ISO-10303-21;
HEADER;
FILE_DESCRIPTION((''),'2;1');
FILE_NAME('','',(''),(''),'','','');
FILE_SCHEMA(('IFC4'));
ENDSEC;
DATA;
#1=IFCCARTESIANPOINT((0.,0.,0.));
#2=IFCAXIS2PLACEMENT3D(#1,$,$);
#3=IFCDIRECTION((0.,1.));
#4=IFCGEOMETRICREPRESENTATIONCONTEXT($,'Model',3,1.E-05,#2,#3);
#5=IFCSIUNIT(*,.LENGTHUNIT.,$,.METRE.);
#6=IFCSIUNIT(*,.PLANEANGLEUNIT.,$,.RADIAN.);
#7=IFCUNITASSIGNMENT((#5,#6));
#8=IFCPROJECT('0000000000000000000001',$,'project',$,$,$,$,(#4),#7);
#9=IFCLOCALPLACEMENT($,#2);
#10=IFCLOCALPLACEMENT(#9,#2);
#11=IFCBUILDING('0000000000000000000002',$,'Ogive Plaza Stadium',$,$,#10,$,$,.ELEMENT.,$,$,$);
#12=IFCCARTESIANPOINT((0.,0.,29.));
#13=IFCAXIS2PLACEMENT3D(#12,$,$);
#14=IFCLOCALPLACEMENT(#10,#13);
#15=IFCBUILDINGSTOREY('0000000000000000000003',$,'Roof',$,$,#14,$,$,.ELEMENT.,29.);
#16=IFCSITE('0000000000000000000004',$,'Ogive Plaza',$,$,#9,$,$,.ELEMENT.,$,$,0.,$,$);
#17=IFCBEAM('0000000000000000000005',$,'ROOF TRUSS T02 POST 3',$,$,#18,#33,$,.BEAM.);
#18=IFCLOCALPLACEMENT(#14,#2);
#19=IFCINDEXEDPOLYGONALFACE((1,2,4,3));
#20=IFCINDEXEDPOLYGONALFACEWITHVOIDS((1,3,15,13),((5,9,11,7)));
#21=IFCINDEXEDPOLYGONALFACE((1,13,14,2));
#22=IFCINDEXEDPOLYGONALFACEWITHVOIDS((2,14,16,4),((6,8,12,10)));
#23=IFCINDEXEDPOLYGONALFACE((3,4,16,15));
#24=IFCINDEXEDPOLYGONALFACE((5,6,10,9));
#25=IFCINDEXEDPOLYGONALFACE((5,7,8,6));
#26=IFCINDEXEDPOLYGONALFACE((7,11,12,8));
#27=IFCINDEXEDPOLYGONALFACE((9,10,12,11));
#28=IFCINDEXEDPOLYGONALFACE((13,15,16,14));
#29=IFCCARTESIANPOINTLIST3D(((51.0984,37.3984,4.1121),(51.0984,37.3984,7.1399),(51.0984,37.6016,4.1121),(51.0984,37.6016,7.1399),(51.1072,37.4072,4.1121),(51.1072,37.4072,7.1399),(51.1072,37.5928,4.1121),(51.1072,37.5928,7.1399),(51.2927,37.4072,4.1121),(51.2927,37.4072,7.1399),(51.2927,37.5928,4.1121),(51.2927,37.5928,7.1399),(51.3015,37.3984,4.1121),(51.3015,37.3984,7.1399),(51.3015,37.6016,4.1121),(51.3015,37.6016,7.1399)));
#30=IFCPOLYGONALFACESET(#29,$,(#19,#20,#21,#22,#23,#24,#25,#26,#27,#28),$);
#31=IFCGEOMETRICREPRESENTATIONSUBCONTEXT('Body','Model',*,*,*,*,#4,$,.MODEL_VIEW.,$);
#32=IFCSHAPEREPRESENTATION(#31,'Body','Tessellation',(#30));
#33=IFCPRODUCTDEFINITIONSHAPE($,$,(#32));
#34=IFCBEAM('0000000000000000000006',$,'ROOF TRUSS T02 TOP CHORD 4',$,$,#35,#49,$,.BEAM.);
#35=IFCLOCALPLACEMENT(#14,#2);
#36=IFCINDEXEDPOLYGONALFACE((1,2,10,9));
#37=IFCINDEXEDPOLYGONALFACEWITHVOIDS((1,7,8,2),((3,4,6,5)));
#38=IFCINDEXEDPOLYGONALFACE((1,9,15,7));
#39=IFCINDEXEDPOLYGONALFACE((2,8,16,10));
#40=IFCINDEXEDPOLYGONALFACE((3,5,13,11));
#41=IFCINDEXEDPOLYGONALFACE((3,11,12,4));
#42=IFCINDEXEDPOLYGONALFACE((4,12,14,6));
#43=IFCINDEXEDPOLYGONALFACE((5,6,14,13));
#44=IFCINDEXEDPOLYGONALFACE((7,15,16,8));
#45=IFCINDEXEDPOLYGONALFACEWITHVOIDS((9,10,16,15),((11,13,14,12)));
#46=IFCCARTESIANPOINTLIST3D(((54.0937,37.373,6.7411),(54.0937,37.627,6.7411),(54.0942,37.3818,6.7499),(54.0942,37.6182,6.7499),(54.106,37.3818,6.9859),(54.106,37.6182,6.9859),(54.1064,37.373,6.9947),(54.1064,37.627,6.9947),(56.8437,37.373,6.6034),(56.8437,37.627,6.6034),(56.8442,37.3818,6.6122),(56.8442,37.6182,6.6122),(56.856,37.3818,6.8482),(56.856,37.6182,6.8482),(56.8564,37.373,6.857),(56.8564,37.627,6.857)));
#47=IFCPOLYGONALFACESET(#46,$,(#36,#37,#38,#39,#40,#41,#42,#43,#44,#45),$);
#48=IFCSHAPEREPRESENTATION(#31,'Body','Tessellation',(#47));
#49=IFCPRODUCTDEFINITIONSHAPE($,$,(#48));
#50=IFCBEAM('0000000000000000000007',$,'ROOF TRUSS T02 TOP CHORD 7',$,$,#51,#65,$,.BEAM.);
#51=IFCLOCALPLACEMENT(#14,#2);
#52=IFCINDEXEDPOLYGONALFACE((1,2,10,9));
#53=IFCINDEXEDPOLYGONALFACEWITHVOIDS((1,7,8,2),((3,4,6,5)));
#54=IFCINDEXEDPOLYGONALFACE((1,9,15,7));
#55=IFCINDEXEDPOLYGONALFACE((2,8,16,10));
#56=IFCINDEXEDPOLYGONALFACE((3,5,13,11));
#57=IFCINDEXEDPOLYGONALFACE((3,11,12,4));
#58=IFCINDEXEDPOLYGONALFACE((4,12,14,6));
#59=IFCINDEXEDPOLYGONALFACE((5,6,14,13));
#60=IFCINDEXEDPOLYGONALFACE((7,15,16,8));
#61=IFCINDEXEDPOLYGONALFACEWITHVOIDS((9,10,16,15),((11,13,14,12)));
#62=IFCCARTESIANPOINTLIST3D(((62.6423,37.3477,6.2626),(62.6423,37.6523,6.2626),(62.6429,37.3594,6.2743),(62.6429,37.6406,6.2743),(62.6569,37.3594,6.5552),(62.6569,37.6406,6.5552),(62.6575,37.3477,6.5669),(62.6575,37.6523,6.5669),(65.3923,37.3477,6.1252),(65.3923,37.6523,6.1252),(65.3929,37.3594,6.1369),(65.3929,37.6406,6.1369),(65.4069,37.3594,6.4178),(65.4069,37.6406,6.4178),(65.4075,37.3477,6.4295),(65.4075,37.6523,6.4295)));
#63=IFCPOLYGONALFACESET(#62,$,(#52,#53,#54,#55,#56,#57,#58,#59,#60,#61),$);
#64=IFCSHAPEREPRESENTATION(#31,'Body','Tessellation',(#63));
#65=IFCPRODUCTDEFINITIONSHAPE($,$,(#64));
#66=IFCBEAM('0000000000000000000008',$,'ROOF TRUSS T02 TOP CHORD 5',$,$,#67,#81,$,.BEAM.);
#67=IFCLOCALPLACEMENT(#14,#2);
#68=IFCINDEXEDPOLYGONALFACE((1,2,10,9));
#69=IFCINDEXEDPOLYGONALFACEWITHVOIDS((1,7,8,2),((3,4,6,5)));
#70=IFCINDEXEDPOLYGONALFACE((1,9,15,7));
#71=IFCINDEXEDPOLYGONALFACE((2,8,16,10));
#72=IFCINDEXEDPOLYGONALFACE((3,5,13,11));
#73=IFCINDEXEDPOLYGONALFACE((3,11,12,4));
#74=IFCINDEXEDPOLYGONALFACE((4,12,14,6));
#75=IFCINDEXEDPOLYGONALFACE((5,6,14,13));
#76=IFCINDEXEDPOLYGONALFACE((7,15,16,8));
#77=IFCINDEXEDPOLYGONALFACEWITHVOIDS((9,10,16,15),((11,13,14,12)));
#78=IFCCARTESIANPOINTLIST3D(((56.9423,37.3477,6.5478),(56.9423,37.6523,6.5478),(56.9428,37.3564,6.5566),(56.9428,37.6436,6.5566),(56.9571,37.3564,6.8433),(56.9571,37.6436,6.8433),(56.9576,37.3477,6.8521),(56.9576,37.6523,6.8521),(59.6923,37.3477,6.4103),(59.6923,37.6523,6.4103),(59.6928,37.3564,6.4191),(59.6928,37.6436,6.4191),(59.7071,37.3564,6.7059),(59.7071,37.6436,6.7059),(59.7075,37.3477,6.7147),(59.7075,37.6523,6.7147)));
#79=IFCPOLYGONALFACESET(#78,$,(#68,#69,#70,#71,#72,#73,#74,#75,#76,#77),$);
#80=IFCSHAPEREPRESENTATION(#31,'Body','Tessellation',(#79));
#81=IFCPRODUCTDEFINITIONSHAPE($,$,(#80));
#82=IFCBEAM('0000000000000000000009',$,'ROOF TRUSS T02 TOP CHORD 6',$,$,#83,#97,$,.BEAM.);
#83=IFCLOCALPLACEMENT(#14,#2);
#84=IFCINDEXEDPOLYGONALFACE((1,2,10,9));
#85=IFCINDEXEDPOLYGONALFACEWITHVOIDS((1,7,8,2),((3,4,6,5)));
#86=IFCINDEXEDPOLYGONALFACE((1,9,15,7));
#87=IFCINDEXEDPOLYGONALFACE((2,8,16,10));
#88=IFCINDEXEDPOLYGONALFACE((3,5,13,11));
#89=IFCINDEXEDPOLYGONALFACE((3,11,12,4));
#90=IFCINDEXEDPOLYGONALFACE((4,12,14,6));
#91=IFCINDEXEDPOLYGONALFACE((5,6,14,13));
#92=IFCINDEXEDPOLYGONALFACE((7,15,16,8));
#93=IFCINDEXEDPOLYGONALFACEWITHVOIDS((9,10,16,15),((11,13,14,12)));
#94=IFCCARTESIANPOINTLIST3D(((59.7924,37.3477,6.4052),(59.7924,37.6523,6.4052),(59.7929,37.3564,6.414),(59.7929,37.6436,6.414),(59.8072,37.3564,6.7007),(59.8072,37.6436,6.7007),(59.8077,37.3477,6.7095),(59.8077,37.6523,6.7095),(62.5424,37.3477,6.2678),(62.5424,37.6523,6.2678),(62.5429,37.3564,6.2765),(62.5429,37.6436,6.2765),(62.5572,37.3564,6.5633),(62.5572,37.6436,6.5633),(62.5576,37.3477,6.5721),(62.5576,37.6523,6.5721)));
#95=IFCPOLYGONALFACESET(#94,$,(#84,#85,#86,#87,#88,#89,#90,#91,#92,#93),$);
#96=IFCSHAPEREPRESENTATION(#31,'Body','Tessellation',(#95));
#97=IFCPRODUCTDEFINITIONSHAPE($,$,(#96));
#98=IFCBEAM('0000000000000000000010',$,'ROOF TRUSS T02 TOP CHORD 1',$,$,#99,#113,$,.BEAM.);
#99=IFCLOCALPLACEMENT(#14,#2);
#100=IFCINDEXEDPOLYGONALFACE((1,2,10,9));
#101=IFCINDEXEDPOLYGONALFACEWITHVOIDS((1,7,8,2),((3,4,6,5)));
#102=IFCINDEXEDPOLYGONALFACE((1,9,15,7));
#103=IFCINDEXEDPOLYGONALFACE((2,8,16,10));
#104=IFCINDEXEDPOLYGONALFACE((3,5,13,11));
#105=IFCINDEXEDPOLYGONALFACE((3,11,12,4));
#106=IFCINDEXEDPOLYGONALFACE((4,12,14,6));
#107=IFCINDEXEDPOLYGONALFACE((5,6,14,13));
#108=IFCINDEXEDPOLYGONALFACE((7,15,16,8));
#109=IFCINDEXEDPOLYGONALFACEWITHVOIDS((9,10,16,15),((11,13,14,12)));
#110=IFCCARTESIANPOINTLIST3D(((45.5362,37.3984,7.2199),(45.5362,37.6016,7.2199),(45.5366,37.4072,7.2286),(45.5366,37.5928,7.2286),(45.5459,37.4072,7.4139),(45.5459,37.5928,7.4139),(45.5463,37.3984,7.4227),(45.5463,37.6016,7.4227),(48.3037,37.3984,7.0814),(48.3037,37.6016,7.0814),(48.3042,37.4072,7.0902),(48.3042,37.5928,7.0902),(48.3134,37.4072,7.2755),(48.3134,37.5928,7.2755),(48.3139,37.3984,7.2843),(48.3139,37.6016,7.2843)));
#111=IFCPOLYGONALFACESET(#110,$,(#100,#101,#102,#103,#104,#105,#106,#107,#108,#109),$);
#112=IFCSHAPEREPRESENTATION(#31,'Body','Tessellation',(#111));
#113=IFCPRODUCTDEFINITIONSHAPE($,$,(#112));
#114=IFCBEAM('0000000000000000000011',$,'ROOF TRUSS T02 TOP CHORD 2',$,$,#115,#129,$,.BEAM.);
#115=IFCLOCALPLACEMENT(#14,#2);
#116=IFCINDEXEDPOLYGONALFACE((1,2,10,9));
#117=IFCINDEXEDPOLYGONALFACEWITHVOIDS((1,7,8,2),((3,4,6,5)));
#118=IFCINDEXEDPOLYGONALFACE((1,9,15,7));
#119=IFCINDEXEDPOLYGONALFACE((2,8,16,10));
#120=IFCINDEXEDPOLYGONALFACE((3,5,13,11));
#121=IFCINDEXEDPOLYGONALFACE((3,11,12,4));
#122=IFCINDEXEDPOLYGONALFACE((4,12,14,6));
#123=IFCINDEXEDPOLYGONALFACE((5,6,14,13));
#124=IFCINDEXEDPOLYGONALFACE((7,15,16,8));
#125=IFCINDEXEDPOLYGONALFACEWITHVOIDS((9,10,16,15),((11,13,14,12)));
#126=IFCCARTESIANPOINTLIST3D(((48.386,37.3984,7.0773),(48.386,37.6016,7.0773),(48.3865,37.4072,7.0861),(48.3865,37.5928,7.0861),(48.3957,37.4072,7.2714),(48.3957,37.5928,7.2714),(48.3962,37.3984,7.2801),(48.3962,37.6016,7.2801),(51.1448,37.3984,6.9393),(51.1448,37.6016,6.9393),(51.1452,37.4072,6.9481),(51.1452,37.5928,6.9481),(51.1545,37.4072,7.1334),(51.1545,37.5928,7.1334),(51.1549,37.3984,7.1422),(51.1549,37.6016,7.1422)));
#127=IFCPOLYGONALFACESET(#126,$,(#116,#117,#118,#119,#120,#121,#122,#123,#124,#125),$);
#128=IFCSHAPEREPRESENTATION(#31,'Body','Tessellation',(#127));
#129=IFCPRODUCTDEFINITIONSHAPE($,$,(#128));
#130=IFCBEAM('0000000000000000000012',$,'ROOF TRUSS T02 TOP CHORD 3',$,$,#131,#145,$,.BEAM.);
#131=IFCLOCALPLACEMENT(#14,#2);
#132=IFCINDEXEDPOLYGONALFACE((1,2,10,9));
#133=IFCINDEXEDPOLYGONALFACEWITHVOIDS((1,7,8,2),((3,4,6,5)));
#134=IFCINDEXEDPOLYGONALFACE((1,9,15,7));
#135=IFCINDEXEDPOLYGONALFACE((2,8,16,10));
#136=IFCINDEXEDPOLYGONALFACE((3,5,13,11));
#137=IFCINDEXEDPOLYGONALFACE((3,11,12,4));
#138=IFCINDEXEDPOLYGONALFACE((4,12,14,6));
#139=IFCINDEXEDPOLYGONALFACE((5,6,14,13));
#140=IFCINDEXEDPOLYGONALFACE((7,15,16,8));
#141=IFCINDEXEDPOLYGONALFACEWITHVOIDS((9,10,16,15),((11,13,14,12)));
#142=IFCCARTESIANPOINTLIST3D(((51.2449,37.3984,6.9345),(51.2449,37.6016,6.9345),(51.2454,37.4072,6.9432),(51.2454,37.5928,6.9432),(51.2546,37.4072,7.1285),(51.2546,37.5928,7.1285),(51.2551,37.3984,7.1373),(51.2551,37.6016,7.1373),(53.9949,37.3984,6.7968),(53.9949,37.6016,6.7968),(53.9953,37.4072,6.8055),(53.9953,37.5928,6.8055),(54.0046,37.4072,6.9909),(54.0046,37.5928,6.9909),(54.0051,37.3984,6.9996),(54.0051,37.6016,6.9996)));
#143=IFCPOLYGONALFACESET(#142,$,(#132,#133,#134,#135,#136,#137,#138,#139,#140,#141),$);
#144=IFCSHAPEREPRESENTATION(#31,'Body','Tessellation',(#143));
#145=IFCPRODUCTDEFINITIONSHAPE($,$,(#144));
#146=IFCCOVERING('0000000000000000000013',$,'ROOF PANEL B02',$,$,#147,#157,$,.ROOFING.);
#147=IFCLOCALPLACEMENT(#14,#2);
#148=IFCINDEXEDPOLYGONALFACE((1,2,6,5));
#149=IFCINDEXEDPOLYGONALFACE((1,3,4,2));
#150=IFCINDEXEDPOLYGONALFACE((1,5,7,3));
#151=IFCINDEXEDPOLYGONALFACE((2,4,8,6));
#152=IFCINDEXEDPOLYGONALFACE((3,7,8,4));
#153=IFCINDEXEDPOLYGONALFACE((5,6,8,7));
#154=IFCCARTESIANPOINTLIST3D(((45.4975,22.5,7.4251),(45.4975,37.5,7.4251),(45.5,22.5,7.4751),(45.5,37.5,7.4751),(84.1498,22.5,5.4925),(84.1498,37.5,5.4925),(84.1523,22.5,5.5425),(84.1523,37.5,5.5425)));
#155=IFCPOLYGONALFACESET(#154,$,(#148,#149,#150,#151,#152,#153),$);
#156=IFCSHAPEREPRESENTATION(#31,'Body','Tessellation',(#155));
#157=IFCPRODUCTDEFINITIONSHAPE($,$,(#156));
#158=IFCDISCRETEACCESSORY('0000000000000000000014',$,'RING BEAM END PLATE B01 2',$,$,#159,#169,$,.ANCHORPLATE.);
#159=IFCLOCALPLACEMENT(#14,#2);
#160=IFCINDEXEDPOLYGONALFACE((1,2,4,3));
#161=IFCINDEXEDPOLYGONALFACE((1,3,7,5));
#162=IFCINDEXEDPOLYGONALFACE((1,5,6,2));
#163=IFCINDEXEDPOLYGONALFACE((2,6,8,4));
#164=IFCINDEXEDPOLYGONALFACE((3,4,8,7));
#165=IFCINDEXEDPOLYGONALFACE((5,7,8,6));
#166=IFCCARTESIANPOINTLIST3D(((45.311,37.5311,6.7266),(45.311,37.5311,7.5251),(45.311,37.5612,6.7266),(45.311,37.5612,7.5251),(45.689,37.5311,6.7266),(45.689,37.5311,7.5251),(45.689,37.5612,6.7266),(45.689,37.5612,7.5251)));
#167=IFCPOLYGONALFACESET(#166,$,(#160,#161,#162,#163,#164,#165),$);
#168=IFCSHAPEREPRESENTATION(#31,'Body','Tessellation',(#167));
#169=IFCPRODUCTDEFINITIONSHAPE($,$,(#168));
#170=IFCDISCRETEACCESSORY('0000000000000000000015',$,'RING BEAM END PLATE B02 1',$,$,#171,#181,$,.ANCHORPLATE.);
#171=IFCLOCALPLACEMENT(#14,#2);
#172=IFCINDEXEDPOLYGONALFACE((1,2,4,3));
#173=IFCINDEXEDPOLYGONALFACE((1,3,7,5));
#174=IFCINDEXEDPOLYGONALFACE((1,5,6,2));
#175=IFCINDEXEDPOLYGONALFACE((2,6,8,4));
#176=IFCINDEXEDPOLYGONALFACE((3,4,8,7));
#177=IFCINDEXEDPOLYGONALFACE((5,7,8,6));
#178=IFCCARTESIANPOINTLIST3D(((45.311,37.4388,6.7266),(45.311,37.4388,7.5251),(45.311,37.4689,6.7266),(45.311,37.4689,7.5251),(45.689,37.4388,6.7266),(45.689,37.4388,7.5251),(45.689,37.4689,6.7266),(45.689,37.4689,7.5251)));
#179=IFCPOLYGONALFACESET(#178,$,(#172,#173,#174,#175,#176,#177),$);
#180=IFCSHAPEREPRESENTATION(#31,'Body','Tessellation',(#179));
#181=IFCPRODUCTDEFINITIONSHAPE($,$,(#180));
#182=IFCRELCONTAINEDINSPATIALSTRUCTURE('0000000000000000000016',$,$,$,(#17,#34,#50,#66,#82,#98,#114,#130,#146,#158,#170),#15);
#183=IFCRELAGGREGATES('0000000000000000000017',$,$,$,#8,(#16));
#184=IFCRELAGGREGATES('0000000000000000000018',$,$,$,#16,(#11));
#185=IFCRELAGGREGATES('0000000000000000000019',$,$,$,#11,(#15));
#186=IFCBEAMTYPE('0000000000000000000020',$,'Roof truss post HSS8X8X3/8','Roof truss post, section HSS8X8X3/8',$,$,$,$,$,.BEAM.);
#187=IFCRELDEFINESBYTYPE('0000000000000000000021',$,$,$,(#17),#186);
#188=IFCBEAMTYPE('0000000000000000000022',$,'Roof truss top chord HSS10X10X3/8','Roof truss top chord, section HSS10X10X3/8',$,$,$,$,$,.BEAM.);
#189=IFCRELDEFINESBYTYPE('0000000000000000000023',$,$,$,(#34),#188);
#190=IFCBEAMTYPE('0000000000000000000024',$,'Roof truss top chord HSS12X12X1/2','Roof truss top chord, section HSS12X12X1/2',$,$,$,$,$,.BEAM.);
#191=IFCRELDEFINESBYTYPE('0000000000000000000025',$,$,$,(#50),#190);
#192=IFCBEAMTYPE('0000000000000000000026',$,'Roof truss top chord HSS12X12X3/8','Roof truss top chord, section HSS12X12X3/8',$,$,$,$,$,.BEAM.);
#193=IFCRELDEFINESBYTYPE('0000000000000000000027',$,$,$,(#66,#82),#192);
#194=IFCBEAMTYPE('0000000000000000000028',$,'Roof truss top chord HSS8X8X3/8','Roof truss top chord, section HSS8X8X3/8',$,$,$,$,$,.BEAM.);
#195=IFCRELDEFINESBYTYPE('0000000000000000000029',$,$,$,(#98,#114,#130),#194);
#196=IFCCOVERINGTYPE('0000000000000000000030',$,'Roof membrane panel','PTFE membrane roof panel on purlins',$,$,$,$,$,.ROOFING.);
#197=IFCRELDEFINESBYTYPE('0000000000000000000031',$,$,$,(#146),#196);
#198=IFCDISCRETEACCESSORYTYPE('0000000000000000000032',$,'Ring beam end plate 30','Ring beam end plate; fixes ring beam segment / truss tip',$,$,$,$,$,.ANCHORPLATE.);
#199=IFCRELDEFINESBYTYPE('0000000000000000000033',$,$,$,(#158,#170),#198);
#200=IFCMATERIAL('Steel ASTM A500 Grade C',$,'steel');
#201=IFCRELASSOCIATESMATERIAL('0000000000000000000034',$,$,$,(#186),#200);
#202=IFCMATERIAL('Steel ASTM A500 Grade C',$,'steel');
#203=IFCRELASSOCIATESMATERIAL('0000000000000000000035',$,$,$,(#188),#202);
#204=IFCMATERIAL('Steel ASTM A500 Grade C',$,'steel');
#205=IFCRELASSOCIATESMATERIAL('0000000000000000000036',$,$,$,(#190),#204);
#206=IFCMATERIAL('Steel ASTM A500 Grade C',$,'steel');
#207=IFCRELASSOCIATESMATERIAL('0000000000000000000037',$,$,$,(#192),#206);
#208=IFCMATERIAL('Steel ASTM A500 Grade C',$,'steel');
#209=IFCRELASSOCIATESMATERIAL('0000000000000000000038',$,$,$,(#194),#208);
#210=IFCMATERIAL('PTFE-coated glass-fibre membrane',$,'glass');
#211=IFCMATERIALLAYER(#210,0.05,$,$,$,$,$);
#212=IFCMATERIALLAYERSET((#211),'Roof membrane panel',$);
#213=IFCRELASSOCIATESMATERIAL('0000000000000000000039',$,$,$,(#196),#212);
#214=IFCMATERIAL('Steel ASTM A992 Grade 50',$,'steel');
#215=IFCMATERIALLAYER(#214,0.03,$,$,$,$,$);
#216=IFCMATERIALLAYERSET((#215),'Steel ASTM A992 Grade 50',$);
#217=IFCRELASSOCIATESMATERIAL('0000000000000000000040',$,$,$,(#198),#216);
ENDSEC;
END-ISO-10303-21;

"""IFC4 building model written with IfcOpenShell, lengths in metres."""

from ifc_helpers import new_model, si_unit, direction, frame, origin, origin_2d, place, context, subcontext, project, spatial, polyline, rectangle, hollow_rectangle, outline, extrude, material, layer, layer_set, material_profile, profile_set, type_object, element, save


model = new_model("IFC4")

# Units and contexts
model_context = context("Model", 3, precision=1e-05, world=origin(), true_north=direction((0.0, 1.0)))
body_context = subcontext(model_context, "Body", "Model", "MODEL_VIEW")
ifc_project = project(units=[si_unit("LENGTHUNIT", "METRE"), si_unit("PLANEANGLEUNIT", "RADIAN")], contexts=[model_context])

# Site, building, storey
site_placement = place(None, origin())
site = spatial("IfcSite", under=ifc_project, at=site_placement, Name="Ogive Plaza", CompositionType="ELEMENT", RefElevation=0.0)
building_placement = place(site_placement, origin())
building = spatial("IfcBuilding", under=site, at=building_placement, Name="Ogive Plaza Stadium", CompositionType="ELEMENT")
storey_placement = place(building_placement, frame((0.0, 0.0, 29.0)))
storey = spatial("IfcBuildingStorey", under=building, at=storey_placement, Name="Roof", CompositionType="ELEMENT", Elevation=29.0)

# Beams
ifc_material_1 = material(Name="Steel ASTM A500 Grade C", Category="steel")
ifc_material_profile_1 = material_profile(ifc_material_1, hollow_rectangle(XDim=0.2031, YDim=0.2031, WallThickness=0.0088, at=origin_2d()), Name="HSS8X8X3/8")
ifc_profile_set_1 = profile_set([ifc_material_profile_1], Name="Steel ASTM A500 Grade C")
beam_type_1 = type_object("IfcBeamType", Name="Roof truss post HSS8X8X3/8", Description="Roof truss post, section HSS8X8X3/8", PredefinedType="BEAM", material=ifc_profile_set_1)
beam_1_placement = place(storey_placement, frame((51.2, 37.5, 4.1121), z_axis=(0.0, 0.0, 1.0), x_axis=(0.0, 1.0, 0.0)))
element("IfcBeam", 1, at=beam_1_placement, inside=storey, type_object=beam_type_1, Name="ROOF TRUSS T02 POST 3", PredefinedType="BEAM", context=body_context, shape_type="SweptSolid", body=[
    extrude(hollow_rectangle(XDim=0.2031, YDim=0.2031, WallThickness=0.0088, at=origin_2d()), origin(), (0.0, 0.0, 1.0), 3.0278),
])
ifc_material_2 = material(Name="Steel ASTM A500 Grade C", Category="steel")
ifc_material_profile_2 = material_profile(ifc_material_2, hollow_rectangle(XDim=0.2539, YDim=0.2539, WallThickness=0.0088, at=origin_2d()), Name="HSS10X10X3/8")
ifc_profile_set_2 = profile_set([ifc_material_profile_2], Name="Steel ASTM A500 Grade C")
beam_type_2 = type_object("IfcBeamType", Name="Roof truss top chord HSS10X10X3/8", Description="Roof truss top chord, section HSS10X10X3/8", PredefinedType="BEAM", material=ifc_profile_set_2)
beam_2_placement = place(storey_placement, frame((54.1001, 37.5, 6.8679), z_axis=(0.998749, 0.0, -0.050008), x_axis=(0.0, 1.0, 0.0)))
element("IfcBeam", 2, at=beam_2_placement, inside=storey, type_object=beam_type_2, Name="ROOF TRUSS T02 TOP CHORD 4", PredefinedType="BEAM", context=body_context, shape_type="SweptSolid", body=[
    extrude(hollow_rectangle(XDim=0.2539, YDim=0.2539, WallThickness=0.0088, at=origin_2d()), origin(), (0.0, 0.0, 1.0), 2.7534),
])
ifc_material_3 = material(Name="Steel ASTM A500 Grade C", Category="steel")
ifc_material_profile_3 = material_profile(ifc_material_3, hollow_rectangle(XDim=0.3047, YDim=0.3047, WallThickness=0.0117, at=origin_2d()), Name="HSS12X12X1/2")
ifc_profile_set_3 = profile_set([ifc_material_profile_3], Name="Steel ASTM A500 Grade C")
beam_type_3 = type_object("IfcBeamType", Name="Roof truss top chord HSS12X12X1/2", Description="Roof truss top chord, section HSS12X12X1/2", PredefinedType="BEAM", material=ifc_profile_set_3)
beam_3_placement = place(storey_placement, frame((62.6499, 37.5, 6.4148), z_axis=(0.998753, 0.0, -0.04992), x_axis=(0.0, 1.0, 0.0)))
element("IfcBeam", 3, at=beam_3_placement, inside=storey, type_object=beam_type_3, Name="ROOF TRUSS T02 TOP CHORD 7", PredefinedType="BEAM", context=body_context, shape_type="SweptSolid", body=[
    extrude(hollow_rectangle(XDim=0.3047, YDim=0.3047, WallThickness=0.0117, at=origin_2d()), origin(), (0.0, 0.0, 1.0), 2.7534),
])
ifc_material_4 = material(Name="Steel ASTM A500 Grade C", Category="steel")
ifc_material_profile_4 = material_profile(ifc_material_4, hollow_rectangle(XDim=0.3047, YDim=0.3047, WallThickness=0.0088, at=origin_2d()), Name="HSS12X12X3/8")
ifc_profile_set_4 = profile_set([ifc_material_profile_4], Name="Steel ASTM A500 Grade C")
beam_type_4 = type_object("IfcBeamType", Name="Roof truss top chord HSS12X12X3/8", Description="Roof truss top chord, section HSS12X12X3/8", PredefinedType="BEAM", material=ifc_profile_set_4)
for number, where, z_axis, x_axis, name in (
    (4, (56.95, 37.5, 6.7), (0.998753, 0.0, -0.04992), (0.0, 1.0, 0.0), "ROOF TRUSS T02 TOP CHORD 5"),
    (5, (59.8, 37.5, 6.5574), (0.998753, 0.0, -0.04992), (0.0, 1.0, 0.0), "ROOF TRUSS T02 TOP CHORD 6"),
):
    element("IfcBeam", number, at=place(storey_placement, frame(where, z_axis=z_axis, x_axis=x_axis)), inside=storey, type_object=beam_type_4, Name=name, PredefinedType="BEAM", context=body_context, shape_type="SweptSolid", body=[
        extrude(hollow_rectangle(XDim=0.3047, YDim=0.3047, WallThickness=0.0088, at=origin_2d()), origin(), (0.0, 0.0, 1.0), 2.7534),
    ])
ifc_material_5 = material(Name="Steel ASTM A500 Grade C", Category="steel")
ifc_material_profile_5 = material_profile(ifc_material_5, hollow_rectangle(XDim=0.2031, YDim=0.2031, WallThickness=0.0088, at=origin_2d()), Name="HSS8X8X3/8")
ifc_profile_set_5 = profile_set([ifc_material_profile_5], Name="Steel ASTM A500 Grade C")
beam_type_5 = type_object("IfcBeamType", Name="Roof truss top chord HSS8X8X3/8", Description="Roof truss top chord, section HSS8X8X3/8", PredefinedType="BEAM", material=ifc_profile_set_5)
beam_4_placement = place(storey_placement, frame((45.5413, 37.5, 7.3213), z_axis=(0.998751, 0.0, -0.049955), x_axis=(0.0, 1.0, 0.0)))
element("IfcBeam", 6, at=beam_4_placement, inside=storey, type_object=beam_type_5, Name="ROOF TRUSS T02 TOP CHORD 1", PredefinedType="BEAM", context=body_context, shape_type="SweptSolid", body=[
    extrude(hollow_rectangle(XDim=0.2031, YDim=0.2031, WallThickness=0.0088, at=origin_2d()), origin(), (0.0, 0.0, 1.0), 2.771),
])
beam_5_placement = place(storey_placement, frame((48.3911, 37.5, 7.1787), z_axis=(0.998752, 0.0, -0.049938), x_axis=(0.0, 1.0, 0.0)))
element("IfcBeam", 7, at=beam_5_placement, inside=storey, type_object=beam_type_5, Name="ROOF TRUSS T02 TOP CHORD 2", PredefinedType="BEAM", context=body_context, shape_type="SweptSolid", body=[
    extrude(hollow_rectangle(XDim=0.2031, YDim=0.2031, WallThickness=0.0088, at=origin_2d()), origin(), (0.0, 0.0, 1.0), 2.7622),
])
beam_6_placement = place(storey_placement, frame((51.25, 37.5, 7.0359), z_axis=(0.998749, 0.0, -0.050008), x_axis=(0.0, 1.0, 0.0)))
element("IfcBeam", 8, at=beam_6_placement, inside=storey, type_object=beam_type_5, Name="ROOF TRUSS T02 TOP CHORD 3", PredefinedType="BEAM", context=body_context, shape_type="SweptSolid", body=[
    extrude(hollow_rectangle(XDim=0.2031, YDim=0.2031, WallThickness=0.0088, at=origin_2d()), origin(), (0.0, 0.0, 1.0), 2.7534),
])

# Covering
ifc_material_6 = material(Name="PTFE-coated glass-fibre membrane", Category="glass")
ifc_layer_1 = layer(ifc_material_6, 0.05)
ifc_layer_set_1 = layer_set([ifc_layer_1], Name="Roof membrane panel")
covering_type = type_object("IfcCoveringType", Name="Roof membrane panel", Description="PTFE membrane roof panel on purlins", PredefinedType="ROOFING", material=ifc_layer_set_1)
covering_placement = place(storey_placement, frame((45.5, 37.5, 7.4751), z_axis=(0.049938, 0.0, 0.998752), x_axis=(0.998752, 0.0, -0.049938)))
element("IfcCovering", 9, at=covering_placement, inside=storey, type_object=covering_type, Name="ROOF PANEL B02", PredefinedType="ROOFING", context=body_context, shape_type="SweptSolid", body=[
    extrude(outline(polyline([(0.0, 0.0), (38.7006, 0.0), (38.7006, -15.0), (0.0, -15.0), (0.0, 0.0)])), origin(), (0.0, 0.0, -1.0), 0.05),
])

# Discrete accessories
ifc_material_7 = material(Name="Steel ASTM A992 Grade 50", Category="steel")
ifc_layer_2 = layer(ifc_material_7, 0.03)
ifc_layer_set_2 = layer_set([ifc_layer_2], Name="Steel ASTM A992 Grade 50")
discrete_accessory_type = type_object("IfcDiscreteAccessoryType", Name="Ring beam end plate 30", Description="Ring beam end plate; fixes ring beam segment / truss tip", PredefinedType="ANCHORPLATE", material=ifc_layer_set_2)
for number, where, z_axis, x_axis, name in (
    (10, (45.5, 37.5461, 6.7266), (0.0, 0.0, 1.0), (0.0, -1.0, 0.0), "RING BEAM END PLATE B01 2"),
    (11, (45.5, 37.4539, 6.7266), (0.0, 0.0, 1.0), (0.0, -1.0, 0.0), "RING BEAM END PLATE B02 1"),
):
    element("IfcDiscreteAccessory", number, at=place(storey_placement, frame(where, z_axis=z_axis, x_axis=x_axis)), inside=storey, type_object=discrete_accessory_type, Name=name, PredefinedType="ANCHORPLATE", context=body_context, shape_type="SweptSolid", body=[
        extrude(rectangle(XDim=0.03, YDim=0.3779, at=origin_2d()), origin(), (0.0, 0.0, 1.0), 0.7986),
    ])

save(model, "model.ifc")
